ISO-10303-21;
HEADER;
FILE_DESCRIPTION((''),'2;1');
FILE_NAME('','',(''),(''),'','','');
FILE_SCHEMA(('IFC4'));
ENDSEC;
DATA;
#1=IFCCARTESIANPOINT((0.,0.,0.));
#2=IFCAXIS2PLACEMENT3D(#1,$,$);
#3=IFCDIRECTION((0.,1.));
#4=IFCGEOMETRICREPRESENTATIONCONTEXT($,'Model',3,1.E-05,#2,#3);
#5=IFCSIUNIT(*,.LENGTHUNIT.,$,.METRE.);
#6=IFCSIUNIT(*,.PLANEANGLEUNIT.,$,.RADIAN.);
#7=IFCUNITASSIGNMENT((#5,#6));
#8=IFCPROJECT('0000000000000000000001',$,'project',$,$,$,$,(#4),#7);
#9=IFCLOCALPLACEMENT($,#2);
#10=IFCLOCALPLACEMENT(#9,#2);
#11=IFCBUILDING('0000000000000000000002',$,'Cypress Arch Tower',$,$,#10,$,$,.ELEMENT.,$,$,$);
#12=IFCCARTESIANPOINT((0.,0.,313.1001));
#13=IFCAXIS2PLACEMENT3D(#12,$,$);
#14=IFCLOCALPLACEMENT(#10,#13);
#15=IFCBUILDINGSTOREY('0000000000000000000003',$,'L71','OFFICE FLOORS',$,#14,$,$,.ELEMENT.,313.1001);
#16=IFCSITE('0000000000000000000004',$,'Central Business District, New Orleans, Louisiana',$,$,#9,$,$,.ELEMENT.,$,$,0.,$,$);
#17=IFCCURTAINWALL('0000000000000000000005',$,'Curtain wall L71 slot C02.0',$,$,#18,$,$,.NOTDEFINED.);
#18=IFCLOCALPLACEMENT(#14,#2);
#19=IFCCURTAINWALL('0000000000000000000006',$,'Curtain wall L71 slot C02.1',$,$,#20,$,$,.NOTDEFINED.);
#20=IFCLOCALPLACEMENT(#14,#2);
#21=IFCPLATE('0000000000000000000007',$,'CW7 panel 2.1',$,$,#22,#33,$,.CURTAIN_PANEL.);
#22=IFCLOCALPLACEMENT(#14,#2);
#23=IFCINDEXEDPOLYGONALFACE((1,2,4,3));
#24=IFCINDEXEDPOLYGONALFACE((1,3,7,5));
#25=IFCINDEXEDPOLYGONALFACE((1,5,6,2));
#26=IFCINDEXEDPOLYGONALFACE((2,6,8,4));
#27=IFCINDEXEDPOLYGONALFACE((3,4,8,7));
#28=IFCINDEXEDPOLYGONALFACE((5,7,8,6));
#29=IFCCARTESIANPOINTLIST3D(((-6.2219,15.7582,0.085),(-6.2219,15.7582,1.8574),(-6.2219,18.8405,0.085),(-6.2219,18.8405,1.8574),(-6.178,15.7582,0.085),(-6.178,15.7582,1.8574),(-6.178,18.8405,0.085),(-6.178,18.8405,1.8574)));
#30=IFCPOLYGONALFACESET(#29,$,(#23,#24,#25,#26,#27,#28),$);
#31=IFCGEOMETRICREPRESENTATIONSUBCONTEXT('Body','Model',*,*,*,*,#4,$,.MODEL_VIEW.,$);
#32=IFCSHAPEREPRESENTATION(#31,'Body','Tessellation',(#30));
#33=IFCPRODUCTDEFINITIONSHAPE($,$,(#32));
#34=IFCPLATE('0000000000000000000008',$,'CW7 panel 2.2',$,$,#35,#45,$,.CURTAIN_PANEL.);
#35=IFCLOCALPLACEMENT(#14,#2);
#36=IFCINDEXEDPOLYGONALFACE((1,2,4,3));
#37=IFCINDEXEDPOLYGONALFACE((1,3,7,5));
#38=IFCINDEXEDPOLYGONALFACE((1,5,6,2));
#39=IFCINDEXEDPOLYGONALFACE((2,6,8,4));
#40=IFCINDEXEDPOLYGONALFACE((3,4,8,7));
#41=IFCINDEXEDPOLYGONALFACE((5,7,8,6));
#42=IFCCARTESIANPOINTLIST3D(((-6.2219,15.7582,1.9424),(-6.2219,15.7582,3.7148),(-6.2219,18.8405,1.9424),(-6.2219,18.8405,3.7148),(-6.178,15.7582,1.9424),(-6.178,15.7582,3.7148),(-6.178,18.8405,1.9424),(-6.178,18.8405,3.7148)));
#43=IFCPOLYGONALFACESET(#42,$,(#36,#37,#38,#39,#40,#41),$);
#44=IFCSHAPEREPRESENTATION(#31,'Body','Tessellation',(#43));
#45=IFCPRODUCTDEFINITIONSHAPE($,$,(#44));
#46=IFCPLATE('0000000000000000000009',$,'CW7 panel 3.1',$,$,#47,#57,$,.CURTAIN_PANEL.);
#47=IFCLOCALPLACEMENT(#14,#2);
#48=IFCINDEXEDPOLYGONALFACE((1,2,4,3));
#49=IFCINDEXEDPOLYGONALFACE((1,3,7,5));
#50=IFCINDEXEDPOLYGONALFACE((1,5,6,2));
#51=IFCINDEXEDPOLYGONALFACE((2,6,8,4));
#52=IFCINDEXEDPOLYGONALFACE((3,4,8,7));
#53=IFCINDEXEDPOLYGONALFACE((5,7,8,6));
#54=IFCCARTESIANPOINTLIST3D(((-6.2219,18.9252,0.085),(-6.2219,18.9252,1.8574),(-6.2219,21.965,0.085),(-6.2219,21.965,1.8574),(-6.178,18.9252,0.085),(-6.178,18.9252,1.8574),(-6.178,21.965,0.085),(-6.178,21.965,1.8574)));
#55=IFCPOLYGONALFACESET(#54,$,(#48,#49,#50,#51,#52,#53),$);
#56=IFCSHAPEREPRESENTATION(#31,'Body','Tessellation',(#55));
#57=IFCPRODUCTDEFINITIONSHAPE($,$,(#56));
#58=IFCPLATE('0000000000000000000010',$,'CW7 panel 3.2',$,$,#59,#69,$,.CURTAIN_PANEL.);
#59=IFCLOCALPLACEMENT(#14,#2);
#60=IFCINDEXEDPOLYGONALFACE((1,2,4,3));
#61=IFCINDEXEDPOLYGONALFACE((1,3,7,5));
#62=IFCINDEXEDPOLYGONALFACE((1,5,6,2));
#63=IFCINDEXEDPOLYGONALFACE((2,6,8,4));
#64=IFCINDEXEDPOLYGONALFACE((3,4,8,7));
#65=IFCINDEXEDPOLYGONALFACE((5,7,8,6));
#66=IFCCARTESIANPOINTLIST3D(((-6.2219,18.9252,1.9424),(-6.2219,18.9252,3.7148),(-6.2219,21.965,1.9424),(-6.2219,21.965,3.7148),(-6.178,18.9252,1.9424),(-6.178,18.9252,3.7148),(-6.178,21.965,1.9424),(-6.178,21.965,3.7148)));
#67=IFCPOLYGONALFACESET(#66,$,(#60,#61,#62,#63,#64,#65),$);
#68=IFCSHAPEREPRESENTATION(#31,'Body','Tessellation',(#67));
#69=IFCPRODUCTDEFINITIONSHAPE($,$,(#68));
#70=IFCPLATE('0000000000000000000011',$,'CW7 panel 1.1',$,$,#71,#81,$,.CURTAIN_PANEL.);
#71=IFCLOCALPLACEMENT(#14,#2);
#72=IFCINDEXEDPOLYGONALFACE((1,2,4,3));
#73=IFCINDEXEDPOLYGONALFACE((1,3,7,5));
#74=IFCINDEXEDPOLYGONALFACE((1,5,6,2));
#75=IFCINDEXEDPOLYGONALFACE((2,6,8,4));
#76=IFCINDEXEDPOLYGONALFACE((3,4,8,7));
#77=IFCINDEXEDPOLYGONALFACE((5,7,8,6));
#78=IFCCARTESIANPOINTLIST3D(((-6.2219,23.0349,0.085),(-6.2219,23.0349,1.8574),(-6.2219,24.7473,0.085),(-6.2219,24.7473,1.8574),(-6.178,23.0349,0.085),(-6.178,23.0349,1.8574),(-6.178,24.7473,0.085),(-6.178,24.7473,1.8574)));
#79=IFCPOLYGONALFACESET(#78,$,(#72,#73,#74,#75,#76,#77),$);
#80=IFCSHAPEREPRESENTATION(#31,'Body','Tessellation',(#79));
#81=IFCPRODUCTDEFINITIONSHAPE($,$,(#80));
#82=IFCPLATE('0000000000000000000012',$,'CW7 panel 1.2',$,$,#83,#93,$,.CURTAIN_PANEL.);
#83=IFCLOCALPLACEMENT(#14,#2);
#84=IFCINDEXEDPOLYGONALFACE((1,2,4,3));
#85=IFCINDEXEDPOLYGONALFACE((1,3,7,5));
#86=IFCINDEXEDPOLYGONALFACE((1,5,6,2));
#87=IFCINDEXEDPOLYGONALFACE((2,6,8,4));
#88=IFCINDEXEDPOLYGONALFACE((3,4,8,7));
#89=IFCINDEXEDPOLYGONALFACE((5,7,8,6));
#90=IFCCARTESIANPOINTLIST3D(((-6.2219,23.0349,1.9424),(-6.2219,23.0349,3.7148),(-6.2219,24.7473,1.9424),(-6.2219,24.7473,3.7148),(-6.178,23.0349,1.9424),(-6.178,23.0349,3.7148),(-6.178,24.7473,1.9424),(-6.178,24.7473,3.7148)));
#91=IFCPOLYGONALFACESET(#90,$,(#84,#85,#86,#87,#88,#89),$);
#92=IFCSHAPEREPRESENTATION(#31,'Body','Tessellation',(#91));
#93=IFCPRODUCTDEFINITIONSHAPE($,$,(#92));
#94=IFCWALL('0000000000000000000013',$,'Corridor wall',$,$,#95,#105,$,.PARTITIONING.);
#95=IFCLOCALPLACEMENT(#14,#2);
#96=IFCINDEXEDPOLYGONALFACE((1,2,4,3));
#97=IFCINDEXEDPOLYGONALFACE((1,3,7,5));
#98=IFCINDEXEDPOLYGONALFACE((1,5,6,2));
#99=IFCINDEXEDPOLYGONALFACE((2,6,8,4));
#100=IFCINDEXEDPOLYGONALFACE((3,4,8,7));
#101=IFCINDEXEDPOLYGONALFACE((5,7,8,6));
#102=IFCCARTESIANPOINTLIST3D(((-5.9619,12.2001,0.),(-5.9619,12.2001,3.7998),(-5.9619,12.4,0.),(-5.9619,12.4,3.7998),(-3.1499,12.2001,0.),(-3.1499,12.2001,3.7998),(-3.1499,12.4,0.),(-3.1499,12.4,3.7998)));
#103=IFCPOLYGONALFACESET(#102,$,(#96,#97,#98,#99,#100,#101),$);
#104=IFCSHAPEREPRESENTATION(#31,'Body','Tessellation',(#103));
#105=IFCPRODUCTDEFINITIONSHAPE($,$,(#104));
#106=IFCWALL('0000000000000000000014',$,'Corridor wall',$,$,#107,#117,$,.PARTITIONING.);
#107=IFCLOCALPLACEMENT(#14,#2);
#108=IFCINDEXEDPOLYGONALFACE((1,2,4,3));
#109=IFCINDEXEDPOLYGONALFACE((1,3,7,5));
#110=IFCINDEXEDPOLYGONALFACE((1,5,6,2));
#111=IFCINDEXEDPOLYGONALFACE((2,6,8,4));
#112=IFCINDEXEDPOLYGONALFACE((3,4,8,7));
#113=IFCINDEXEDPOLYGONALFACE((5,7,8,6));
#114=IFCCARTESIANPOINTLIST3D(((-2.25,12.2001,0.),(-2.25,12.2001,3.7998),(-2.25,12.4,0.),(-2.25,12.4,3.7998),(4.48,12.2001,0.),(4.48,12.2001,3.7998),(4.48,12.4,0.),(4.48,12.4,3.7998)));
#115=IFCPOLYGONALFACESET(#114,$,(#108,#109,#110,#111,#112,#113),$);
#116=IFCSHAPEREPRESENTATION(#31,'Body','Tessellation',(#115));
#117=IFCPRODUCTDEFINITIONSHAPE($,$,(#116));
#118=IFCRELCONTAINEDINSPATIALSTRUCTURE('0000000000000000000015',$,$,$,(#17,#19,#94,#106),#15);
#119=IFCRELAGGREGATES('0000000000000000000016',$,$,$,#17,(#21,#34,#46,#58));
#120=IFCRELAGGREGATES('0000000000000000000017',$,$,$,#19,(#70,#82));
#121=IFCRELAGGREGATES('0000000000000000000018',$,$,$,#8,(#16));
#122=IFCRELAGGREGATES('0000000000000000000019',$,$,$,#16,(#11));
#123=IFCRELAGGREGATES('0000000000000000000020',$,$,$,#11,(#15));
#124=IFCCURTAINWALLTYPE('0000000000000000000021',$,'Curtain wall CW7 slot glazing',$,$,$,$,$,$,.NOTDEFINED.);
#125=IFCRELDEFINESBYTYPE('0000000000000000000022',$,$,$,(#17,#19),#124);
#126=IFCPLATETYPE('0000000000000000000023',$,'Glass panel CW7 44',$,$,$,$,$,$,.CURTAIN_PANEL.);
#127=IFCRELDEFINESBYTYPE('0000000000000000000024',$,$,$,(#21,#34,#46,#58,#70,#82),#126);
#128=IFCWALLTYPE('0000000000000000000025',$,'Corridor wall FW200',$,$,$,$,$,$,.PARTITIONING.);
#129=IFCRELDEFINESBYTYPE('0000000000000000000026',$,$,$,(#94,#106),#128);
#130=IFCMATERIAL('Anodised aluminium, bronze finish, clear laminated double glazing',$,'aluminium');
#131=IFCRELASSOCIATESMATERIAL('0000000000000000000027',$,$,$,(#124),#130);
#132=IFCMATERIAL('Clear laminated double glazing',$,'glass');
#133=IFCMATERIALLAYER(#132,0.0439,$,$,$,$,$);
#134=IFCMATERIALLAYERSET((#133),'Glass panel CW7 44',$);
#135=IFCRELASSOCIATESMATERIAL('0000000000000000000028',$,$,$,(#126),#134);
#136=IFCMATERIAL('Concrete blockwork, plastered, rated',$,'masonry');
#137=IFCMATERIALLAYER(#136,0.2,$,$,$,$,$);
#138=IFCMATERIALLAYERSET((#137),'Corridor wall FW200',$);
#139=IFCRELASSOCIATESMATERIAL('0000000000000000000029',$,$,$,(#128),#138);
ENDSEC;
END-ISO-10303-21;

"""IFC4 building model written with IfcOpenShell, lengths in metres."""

from ifc_helpers import new_model, si_unit, direction, frame, frame_2d, origin, origin_2d, place, context, subcontext, project, spatial, rectangle, extrude, material, layer, layer_set, type_object, element, aggregate, save


model = new_model("IFC4")

# Units and contexts
model_context = context("Model", 3, precision=1e-05, world=origin(), true_north=direction((0.0, 1.0)))
body_context = subcontext(model_context, "Body", "Model", "MODEL_VIEW")
ifc_project = project(units=[si_unit("LENGTHUNIT", "METRE"), si_unit("PLANEANGLEUNIT", "RADIAN")], contexts=[model_context])

# Site, building, storey
site_placement = place(None, origin())
site = spatial("IfcSite", under=ifc_project, at=site_placement, Name="Central Business District, New Orleans, Louisiana", CompositionType="ELEMENT", RefElevation=0.0)
building_placement = place(site_placement, origin())
building = spatial("IfcBuilding", under=site, at=building_placement, Name="Cypress Arch Tower", CompositionType="ELEMENT")
storey_placement = place(building_placement, frame((0.0, 0.0, 313.1001)))
storey = spatial("IfcBuildingStorey", under=building, at=storey_placement, Name="L71", Description="OFFICE FLOORS", CompositionType="ELEMENT", Elevation=313.1001)

# Shared definitions
ifc_material_1 = material(Name="Anodised aluminium, bronze finish, clear laminated double glazing", Category="aluminium")
curtain_wall_type = type_object("IfcCurtainWallType", Name="Curtain wall CW7 slot glazing", PredefinedType="NOTDEFINED", material=ifc_material_1)

# Curtain walls
curtain_wall_1_placement = place(storey_placement, origin())
curtain_wall_1 = element("IfcCurtainWall", 1, at=curtain_wall_1_placement, inside=storey, type_object=curtain_wall_type, Name="Curtain wall L71 slot C02.0", PredefinedType="NOTDEFINED")
curtain_wall_2_placement = place(storey_placement, origin())
curtain_wall_2 = element("IfcCurtainWall", 2, at=curtain_wall_2_placement, inside=storey, type_object=curtain_wall_type, Name="Curtain wall L71 slot C02.1", PredefinedType="NOTDEFINED")

# Plates
ifc_material_2 = material(Name="Clear laminated double glazing", Category="glass")
ifc_layer_1 = layer(ifc_material_2, 0.0439)
ifc_layer_set_1 = layer_set([ifc_layer_1], Name="Glass panel CW7 44")
plate_type = type_object("IfcPlateType", Name="Glass panel CW7 44", PredefinedType="CURTAIN_PANEL", material=ifc_layer_set_1)
plate_1_placement = place(storey_placement, frame((-6.2, 17.2993, 0.085), z_axis=(0.0, 0.0, 1.0), x_axis=(0.0, 1.0, 0.0)))
plate_1 = element("IfcPlate", 3, at=plate_1_placement, type_object=plate_type, Name="CW7 panel 2.1", PredefinedType="CURTAIN_PANEL", context=body_context, shape_type="SweptSolid", body=[
    extrude(rectangle(XDim=3.0823, YDim=0.0439, at=origin_2d()), origin(), (0.0, 0.0, 1.0), 1.7725),
])
plate_2_placement = place(storey_placement, frame((-6.2, 17.2993, 1.9424), z_axis=(0.0, 0.0, 1.0), x_axis=(0.0, 1.0, 0.0)))
plate_2 = element("IfcPlate", 4, at=plate_2_placement, type_object=plate_type, Name="CW7 panel 2.2", PredefinedType="CURTAIN_PANEL", context=body_context, shape_type="SweptSolid", body=[
    extrude(rectangle(XDim=3.0823, YDim=0.0439, at=origin_2d()), origin(), (0.0, 0.0, 1.0), 1.7725),
])
plate_3_placement = place(storey_placement, frame((-6.2, 20.4451, 0.085), z_axis=(0.0, 0.0, 1.0), x_axis=(0.0, 1.0, 0.0)))
plate_3 = element("IfcPlate", 5, at=plate_3_placement, type_object=plate_type, Name="CW7 panel 3.1", PredefinedType="CURTAIN_PANEL", context=body_context, shape_type="SweptSolid", body=[
    extrude(rectangle(XDim=3.0398, YDim=0.0439, at=origin_2d()), origin(), (0.0, 0.0, 1.0), 1.7725),
])
plate_4_placement = place(storey_placement, frame((-6.2, 20.4451, 1.9424), z_axis=(0.0, 0.0, 1.0), x_axis=(0.0, 1.0, 0.0)))
plate_4 = element("IfcPlate", 6, at=plate_4_placement, type_object=plate_type, Name="CW7 panel 3.2", PredefinedType="CURTAIN_PANEL", context=body_context, shape_type="SweptSolid", body=[
    extrude(rectangle(XDim=3.0398, YDim=0.0439, at=origin_2d()), origin(), (0.0, 0.0, 1.0), 1.7725),
])
aggregate(curtain_wall_1, [plate_1, plate_2, plate_3, plate_4])
plate_5_placement = place(storey_placement, frame((-6.2, 23.8911, 0.085), z_axis=(0.0, 0.0, 1.0), x_axis=(0.0, 1.0, 0.0)))
plate_5 = element("IfcPlate", 7, at=plate_5_placement, type_object=plate_type, Name="CW7 panel 1.1", PredefinedType="CURTAIN_PANEL", context=body_context, shape_type="SweptSolid", body=[
    extrude(rectangle(XDim=1.7124, YDim=0.0439, at=origin_2d()), origin(), (0.0, 0.0, 1.0), 1.7725),
])
plate_6_placement = place(storey_placement, frame((-6.2, 23.8911, 1.9424), z_axis=(0.0, 0.0, 1.0), x_axis=(0.0, 1.0, 0.0)))
plate_6 = element("IfcPlate", 8, at=plate_6_placement, type_object=plate_type, Name="CW7 panel 1.2", PredefinedType="CURTAIN_PANEL", context=body_context, shape_type="SweptSolid", body=[
    extrude(rectangle(XDim=1.7124, YDim=0.0439, at=origin_2d()), origin(), (0.0, 0.0, 1.0), 1.7725),
])
aggregate(curtain_wall_2, [plate_5, plate_6])

# Walls
ifc_material_3 = material(Name="Concrete blockwork, plastered, rated", Category="masonry")
ifc_layer_2 = layer(ifc_material_3, 0.2)
ifc_layer_set_2 = layer_set([ifc_layer_2], Name="Corridor wall FW200")
wall_type = type_object("IfcWallType", Name="Corridor wall FW200", PredefinedType="PARTITIONING", material=ifc_layer_set_2)
wall_1_placement = place(storey_placement, frame((-5.9619, 12.3, 0.0), z_axis=(0.0, 0.0, 1.0), x_axis=(1.0, 0.0, 0.0)))
element("IfcWall", 9, at=wall_1_placement, inside=storey, type_object=wall_type, Name="Corridor wall", PredefinedType="PARTITIONING", context=body_context, shape_type="SweptSolid", body=[
    extrude(rectangle(XDim=2.812, YDim=0.2, at=frame_2d((1.406, 0.0))), origin(), (0.0, 0.0, 1.0), 3.7998),
])
wall_2_placement = place(storey_placement, frame((-2.25, 12.3, 0.0), z_axis=(0.0, 0.0, 1.0), x_axis=(1.0, 0.0, 0.0)))
element("IfcWall", 10, at=wall_2_placement, inside=storey, type_object=wall_type, Name="Corridor wall", PredefinedType="PARTITIONING", context=body_context, shape_type="SweptSolid", body=[
    extrude(rectangle(XDim=6.73, YDim=0.2, at=frame_2d((3.365, 0.0))), origin(), (0.0, 0.0, 1.0), 3.7998),
])

save(model, "model.ifc")
